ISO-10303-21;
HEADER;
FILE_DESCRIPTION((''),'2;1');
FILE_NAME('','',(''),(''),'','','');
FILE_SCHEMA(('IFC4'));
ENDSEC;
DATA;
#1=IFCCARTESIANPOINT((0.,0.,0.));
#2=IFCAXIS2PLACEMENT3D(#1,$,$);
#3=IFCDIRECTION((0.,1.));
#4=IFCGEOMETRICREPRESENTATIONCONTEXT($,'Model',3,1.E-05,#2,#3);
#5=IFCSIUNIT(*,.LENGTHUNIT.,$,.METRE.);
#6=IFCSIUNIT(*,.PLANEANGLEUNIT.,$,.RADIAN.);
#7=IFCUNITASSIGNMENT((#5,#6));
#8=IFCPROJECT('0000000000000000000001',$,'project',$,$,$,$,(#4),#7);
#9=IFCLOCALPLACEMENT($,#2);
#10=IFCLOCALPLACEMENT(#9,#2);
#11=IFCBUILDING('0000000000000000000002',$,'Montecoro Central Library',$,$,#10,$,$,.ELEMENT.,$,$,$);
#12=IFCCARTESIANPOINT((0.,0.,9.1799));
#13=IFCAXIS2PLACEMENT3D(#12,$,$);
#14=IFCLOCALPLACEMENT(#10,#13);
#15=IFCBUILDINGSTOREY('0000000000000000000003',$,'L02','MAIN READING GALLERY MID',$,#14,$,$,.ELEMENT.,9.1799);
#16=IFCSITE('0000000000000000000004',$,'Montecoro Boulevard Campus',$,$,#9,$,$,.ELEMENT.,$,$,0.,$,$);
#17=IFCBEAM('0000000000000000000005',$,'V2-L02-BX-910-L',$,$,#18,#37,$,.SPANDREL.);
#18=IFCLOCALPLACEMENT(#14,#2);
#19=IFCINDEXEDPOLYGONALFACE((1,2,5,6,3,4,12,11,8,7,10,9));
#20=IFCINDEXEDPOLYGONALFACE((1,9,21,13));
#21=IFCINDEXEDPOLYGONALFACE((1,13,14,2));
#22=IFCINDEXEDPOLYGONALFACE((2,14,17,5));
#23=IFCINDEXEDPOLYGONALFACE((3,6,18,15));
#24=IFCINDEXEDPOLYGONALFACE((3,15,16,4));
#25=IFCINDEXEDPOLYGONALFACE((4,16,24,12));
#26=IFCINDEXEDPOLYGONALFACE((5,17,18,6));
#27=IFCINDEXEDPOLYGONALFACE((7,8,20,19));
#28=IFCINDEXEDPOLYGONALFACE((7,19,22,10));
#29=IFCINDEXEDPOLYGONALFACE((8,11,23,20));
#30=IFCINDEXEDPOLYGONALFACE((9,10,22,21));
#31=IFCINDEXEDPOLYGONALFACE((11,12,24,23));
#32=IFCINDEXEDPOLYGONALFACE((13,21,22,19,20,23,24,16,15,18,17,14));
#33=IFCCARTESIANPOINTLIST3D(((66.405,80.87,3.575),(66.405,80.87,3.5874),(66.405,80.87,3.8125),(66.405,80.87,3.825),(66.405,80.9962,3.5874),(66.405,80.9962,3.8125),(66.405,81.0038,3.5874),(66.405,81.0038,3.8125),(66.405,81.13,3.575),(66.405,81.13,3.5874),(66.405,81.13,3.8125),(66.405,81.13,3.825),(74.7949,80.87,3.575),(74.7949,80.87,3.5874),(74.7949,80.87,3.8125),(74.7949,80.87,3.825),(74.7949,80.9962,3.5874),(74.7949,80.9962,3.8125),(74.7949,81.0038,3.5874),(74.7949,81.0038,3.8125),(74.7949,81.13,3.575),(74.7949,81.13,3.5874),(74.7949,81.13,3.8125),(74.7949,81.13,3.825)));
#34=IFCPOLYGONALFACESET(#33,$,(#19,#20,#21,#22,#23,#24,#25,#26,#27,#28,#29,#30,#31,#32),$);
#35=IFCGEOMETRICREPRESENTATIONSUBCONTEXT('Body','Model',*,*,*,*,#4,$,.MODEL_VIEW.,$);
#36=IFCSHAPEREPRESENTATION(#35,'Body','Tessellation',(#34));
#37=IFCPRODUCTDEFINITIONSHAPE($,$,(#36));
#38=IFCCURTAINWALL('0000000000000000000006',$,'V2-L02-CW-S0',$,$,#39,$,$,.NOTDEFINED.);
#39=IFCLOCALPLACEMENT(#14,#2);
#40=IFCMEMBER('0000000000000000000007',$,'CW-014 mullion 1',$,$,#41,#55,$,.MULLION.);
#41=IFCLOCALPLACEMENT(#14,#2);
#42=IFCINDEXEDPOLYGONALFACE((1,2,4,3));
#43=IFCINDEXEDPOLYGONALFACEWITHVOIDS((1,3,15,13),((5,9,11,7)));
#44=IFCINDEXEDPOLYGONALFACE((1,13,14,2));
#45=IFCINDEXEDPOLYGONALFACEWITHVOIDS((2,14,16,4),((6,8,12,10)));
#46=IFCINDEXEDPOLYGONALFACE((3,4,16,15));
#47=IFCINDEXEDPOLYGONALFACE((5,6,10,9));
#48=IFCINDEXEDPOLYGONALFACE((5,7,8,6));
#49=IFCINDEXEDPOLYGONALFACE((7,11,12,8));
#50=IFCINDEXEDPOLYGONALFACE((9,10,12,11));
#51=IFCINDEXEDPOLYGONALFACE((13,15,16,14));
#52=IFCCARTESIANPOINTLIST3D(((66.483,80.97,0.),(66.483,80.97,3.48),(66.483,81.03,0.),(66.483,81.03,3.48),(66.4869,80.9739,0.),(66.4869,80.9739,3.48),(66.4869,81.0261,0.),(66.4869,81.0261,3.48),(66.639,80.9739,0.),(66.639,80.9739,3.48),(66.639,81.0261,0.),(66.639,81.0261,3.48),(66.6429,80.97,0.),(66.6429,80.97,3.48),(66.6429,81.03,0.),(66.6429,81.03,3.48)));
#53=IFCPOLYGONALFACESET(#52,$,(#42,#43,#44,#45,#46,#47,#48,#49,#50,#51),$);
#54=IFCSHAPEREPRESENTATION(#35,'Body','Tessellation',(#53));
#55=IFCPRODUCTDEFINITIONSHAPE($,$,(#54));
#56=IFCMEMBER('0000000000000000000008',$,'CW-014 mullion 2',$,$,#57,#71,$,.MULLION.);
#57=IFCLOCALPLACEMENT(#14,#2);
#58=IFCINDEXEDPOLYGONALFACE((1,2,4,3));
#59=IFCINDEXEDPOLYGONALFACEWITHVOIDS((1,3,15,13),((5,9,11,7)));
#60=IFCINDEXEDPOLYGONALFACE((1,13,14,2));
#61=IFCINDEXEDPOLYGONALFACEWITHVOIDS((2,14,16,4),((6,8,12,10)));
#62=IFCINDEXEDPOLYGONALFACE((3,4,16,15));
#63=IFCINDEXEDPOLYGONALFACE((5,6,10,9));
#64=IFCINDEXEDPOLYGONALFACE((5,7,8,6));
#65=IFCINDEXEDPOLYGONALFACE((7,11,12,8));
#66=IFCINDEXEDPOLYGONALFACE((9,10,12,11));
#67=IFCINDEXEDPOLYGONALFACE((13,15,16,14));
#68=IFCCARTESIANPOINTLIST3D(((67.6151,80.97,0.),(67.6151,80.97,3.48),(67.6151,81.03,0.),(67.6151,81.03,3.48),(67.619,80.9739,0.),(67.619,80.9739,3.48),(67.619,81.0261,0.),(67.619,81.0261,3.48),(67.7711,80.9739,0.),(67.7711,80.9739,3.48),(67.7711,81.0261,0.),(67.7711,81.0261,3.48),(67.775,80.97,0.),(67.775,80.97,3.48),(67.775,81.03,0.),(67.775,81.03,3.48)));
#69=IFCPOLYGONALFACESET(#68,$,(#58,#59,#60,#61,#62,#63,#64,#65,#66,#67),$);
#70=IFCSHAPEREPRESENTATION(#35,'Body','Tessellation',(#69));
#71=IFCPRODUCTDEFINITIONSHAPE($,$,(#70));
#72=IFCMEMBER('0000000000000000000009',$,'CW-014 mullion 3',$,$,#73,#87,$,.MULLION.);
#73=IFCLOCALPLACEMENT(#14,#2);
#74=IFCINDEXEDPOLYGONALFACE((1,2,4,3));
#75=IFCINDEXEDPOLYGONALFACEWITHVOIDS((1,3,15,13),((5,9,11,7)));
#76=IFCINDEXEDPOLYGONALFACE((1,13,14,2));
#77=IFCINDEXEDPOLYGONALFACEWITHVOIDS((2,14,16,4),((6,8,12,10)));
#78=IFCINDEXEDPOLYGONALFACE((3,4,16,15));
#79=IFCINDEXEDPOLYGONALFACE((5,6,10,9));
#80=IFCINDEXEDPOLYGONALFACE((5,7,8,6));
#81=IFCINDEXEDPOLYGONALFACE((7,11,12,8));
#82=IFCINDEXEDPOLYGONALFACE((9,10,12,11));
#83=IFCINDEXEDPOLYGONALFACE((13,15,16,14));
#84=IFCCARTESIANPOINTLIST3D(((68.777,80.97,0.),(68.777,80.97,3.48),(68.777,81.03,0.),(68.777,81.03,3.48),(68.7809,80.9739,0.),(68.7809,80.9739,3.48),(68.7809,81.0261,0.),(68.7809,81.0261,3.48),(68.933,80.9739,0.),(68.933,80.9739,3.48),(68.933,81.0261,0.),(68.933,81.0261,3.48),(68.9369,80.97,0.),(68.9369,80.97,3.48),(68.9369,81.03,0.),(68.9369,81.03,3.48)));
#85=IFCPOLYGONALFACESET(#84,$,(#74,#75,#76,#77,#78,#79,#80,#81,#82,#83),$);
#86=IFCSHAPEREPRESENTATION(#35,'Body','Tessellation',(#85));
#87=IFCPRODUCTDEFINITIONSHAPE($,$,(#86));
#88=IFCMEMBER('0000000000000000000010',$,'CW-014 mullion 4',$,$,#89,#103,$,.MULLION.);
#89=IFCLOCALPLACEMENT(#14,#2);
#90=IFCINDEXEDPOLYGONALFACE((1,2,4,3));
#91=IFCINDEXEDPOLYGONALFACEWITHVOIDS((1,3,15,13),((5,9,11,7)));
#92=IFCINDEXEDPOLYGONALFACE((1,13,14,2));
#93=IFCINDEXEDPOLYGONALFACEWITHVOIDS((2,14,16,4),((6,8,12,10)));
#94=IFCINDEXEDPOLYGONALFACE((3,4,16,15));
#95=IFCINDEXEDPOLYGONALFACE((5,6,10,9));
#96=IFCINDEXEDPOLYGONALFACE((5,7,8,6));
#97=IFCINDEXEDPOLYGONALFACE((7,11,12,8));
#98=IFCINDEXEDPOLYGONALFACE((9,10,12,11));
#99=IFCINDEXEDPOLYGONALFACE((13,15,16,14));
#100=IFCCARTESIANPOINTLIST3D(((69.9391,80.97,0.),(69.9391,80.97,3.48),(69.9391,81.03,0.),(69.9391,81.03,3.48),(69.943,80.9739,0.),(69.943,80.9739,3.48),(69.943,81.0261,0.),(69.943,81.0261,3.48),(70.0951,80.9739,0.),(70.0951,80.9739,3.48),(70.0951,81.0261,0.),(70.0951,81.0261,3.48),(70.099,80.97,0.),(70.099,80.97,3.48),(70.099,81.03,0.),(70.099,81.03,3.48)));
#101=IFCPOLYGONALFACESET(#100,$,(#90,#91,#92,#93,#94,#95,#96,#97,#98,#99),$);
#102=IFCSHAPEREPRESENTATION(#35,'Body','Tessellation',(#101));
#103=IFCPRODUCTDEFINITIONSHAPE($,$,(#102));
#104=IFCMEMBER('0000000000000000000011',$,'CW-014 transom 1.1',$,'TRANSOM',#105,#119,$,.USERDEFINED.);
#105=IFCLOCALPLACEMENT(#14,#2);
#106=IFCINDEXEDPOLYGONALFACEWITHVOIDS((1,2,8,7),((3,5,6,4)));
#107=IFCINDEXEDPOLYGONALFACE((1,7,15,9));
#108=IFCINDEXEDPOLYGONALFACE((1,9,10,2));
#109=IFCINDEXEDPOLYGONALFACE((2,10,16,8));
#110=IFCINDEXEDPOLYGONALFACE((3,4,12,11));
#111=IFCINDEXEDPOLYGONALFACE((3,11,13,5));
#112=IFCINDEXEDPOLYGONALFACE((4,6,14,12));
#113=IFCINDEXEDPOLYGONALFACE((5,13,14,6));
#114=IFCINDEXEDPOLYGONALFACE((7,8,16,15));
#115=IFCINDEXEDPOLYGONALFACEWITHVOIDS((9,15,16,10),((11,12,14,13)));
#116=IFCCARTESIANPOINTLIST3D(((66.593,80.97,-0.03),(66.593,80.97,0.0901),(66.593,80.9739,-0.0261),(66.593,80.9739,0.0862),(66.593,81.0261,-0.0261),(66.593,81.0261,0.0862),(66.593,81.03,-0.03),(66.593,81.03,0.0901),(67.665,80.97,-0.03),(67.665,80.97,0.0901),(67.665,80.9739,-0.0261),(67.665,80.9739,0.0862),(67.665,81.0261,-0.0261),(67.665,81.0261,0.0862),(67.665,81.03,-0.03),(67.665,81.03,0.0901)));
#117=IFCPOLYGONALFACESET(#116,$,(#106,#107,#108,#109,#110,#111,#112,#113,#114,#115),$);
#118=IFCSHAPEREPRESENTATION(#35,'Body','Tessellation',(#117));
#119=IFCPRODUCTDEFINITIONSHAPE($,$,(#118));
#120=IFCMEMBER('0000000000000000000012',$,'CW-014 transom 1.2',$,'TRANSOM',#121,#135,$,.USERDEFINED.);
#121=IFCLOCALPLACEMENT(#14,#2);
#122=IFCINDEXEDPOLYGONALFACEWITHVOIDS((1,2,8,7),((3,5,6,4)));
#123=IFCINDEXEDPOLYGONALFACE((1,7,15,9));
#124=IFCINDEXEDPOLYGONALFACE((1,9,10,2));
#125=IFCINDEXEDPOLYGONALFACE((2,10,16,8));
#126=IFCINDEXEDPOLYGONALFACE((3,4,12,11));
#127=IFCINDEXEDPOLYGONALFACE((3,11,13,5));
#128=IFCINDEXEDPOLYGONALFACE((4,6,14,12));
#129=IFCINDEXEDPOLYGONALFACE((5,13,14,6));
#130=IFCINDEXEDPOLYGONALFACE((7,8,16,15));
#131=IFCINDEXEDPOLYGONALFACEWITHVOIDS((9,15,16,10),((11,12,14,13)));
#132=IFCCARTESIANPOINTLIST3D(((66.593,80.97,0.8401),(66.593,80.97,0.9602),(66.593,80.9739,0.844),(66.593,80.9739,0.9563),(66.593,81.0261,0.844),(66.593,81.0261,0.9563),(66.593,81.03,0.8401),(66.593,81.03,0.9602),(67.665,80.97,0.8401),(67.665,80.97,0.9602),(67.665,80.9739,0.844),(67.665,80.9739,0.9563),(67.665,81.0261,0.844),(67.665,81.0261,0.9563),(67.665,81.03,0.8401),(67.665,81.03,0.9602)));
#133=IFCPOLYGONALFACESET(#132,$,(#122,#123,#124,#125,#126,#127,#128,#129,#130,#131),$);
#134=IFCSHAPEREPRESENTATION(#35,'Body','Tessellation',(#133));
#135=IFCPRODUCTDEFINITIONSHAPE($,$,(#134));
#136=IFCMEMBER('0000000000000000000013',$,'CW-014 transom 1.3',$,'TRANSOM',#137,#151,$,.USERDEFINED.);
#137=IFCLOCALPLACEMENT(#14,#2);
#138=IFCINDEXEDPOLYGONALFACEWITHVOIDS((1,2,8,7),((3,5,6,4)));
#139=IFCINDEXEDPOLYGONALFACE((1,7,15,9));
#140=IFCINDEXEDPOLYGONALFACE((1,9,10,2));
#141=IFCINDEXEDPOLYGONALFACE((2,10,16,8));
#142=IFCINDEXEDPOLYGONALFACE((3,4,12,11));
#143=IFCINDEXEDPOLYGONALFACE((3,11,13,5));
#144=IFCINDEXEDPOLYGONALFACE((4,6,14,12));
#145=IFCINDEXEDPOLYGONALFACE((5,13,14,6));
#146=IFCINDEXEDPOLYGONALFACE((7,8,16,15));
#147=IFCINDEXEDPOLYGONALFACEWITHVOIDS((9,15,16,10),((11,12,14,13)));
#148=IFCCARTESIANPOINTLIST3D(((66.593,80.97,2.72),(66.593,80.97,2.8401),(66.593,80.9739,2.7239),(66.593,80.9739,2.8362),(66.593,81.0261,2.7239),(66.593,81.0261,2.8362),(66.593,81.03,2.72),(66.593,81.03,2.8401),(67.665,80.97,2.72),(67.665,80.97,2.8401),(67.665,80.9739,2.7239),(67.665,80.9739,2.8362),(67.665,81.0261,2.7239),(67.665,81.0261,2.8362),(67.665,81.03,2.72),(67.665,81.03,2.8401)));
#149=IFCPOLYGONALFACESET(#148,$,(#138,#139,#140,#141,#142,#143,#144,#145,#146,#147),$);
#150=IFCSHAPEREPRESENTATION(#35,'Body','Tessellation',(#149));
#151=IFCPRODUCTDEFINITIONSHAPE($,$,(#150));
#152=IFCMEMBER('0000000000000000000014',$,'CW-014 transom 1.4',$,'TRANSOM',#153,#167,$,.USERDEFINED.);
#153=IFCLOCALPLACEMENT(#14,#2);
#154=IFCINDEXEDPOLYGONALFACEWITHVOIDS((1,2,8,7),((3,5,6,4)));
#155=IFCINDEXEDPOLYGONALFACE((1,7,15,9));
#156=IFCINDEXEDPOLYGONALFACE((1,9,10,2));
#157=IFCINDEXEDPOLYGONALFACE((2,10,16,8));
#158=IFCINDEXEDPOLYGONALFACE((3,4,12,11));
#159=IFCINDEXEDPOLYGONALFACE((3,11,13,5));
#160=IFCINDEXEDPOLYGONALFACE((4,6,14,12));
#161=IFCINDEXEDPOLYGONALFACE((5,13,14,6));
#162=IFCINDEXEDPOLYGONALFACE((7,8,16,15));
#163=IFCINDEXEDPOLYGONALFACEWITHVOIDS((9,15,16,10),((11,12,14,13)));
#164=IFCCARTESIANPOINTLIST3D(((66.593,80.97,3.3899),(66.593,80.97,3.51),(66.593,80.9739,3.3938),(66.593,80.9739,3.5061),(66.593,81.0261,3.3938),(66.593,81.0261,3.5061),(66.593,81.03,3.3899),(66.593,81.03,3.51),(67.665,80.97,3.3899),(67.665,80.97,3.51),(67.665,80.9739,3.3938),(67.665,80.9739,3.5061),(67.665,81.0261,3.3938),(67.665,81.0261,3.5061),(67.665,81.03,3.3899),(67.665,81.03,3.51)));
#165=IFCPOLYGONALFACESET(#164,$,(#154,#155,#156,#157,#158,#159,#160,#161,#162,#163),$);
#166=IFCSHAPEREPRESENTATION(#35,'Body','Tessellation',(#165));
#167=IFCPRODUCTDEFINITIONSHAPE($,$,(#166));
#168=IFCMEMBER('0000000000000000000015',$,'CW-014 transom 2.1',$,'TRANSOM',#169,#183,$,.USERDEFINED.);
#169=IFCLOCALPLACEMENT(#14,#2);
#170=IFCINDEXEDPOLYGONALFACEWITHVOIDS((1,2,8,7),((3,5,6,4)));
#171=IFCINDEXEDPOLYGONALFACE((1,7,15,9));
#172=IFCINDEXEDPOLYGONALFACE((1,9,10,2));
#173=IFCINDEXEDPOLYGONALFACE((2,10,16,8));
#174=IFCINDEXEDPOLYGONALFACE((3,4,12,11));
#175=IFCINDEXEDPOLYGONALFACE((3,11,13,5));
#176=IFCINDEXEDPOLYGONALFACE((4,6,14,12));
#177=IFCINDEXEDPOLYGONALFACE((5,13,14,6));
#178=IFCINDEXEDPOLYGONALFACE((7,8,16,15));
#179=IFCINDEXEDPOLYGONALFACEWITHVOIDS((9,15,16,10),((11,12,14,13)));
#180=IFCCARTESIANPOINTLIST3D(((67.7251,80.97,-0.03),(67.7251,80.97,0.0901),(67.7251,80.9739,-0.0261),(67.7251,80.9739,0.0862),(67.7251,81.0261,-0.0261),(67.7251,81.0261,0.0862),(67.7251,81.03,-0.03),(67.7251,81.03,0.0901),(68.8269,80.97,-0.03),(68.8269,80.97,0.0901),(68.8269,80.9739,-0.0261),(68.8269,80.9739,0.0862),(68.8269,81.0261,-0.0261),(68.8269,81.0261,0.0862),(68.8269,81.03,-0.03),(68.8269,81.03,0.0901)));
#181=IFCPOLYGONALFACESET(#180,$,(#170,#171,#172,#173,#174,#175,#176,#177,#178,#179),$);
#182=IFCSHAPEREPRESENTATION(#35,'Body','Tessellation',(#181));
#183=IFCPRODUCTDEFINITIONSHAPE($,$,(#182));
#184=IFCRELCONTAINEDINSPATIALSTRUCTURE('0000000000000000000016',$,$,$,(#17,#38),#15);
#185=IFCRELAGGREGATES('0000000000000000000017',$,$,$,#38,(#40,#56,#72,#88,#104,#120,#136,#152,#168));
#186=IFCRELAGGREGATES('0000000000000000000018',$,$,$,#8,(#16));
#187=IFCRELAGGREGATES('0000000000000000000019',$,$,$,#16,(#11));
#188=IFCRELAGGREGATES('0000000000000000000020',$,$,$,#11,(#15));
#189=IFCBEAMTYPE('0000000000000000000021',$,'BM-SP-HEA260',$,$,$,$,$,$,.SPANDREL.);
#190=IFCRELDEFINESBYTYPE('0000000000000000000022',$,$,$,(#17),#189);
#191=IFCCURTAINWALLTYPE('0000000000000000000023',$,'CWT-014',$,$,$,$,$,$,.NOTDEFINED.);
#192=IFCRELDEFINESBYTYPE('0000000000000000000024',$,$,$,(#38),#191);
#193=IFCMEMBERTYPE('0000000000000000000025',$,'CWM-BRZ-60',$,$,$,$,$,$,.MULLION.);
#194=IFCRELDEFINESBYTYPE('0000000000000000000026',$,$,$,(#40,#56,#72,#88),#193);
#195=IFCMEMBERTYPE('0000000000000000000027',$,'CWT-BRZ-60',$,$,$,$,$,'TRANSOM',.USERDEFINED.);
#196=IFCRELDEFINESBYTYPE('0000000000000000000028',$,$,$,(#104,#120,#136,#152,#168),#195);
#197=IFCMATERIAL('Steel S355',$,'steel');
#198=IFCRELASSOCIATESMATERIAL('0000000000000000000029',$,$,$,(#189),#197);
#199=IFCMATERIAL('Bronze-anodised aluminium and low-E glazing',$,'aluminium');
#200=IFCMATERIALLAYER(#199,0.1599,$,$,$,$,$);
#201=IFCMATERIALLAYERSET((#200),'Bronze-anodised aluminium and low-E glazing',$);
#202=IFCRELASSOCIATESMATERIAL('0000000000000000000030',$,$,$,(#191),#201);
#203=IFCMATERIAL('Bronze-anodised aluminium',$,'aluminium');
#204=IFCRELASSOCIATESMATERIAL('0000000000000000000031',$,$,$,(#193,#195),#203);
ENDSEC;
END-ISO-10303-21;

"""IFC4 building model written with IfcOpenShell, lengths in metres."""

from ifc_helpers import new_model, si_unit, direction, frame, origin, origin_2d, place, context, subcontext, project, spatial, hollow_rectangle, i_section, extrude, material, layer, layer_set, material_profile, profile_set, type_object, element, aggregate, save


model = new_model("IFC4")

# Units and contexts
model_context = context("Model", 3, precision=1e-05, world=origin(), true_north=direction((0.0, 1.0)))
body_context = subcontext(model_context, "Body", "Model", "MODEL_VIEW")
ifc_project = project(units=[si_unit("LENGTHUNIT", "METRE"), si_unit("PLANEANGLEUNIT", "RADIAN")], contexts=[model_context])

# Site, building, storey
site_placement = place(None, origin())
site = spatial("IfcSite", under=ifc_project, at=site_placement, Name="Montecoro Boulevard Campus", CompositionType="ELEMENT", RefElevation=0.0)
building_placement = place(site_placement, origin())
building = spatial("IfcBuilding", under=site, at=building_placement, Name="Montecoro Central Library", CompositionType="ELEMENT")
storey_placement = place(building_placement, frame((0.0, 0.0, 9.1799)))
storey = spatial("IfcBuildingStorey", under=building, at=storey_placement, Name="L02", Description="MAIN READING GALLERY MID", CompositionType="ELEMENT", Elevation=9.1799)

# Beam
ifc_material_1 = material(Name="Steel S355", Category="steel")
ifc_material_profile_1 = material_profile(ifc_material_1, i_section(OverallWidth=0.26, OverallDepth=0.25, WebThickness=0.0076, FlangeThickness=0.0125, at=origin_2d()), Name="HEA 260")
ifc_profile_set_1 = profile_set([ifc_material_profile_1], Name="Steel S355")
beam_type = type_object("IfcBeamType", Name="BM-SP-HEA260", PredefinedType="SPANDREL", material=ifc_profile_set_1)
beam_placement = place(storey_placement, frame((66.405, 81.0, 3.7), z_axis=(1.0, 0.0, 0.0), x_axis=(0.0, 1.0, 0.0)))
element("IfcBeam", 1, at=beam_placement, inside=storey, type_object=beam_type, Name="V2-L02-BX-910-L", PredefinedType="SPANDREL", context=body_context, shape_type="SweptSolid", body=[
    extrude(i_section(OverallWidth=0.26, OverallDepth=0.25, WebThickness=0.0076, FlangeThickness=0.0125, at=origin_2d()), origin(), (0.0, 0.0, 1.0), 8.3899),
])

# Curtain wall, members
ifc_material_2 = material(Name="Bronze-anodised aluminium and low-E glazing", Category="aluminium")
ifc_layer_1 = layer(ifc_material_2, 0.1599)
ifc_layer_set_1 = layer_set([ifc_layer_1], Name="Bronze-anodised aluminium and low-E glazing")
curtain_wall_type = type_object("IfcCurtainWallType", Name="CWT-014", PredefinedType="NOTDEFINED", material=ifc_layer_set_1)
curtain_wall_placement = place(storey_placement, origin())
curtain_wall = element("IfcCurtainWall", 2, at=curtain_wall_placement, inside=storey, type_object=curtain_wall_type, Name="V2-L02-CW-S0", PredefinedType="NOTDEFINED")
ifc_material_3 = material(Name="Bronze-anodised aluminium", Category="aluminium")
ifc_material_profile_2 = material_profile(ifc_material_3, hollow_rectangle(XDim=0.0601, YDim=0.1599, WallThickness=0.0039, at=origin_2d()), Name="CWM 160x60x4.0")
ifc_profile_set_2 = profile_set([ifc_material_profile_2], Name="Bronze-anodised aluminium")
member_type_1 = type_object("IfcMemberType", Name="CWM-BRZ-60", PredefinedType="MULLION", material=ifc_profile_set_2)
member_1_placement = place(storey_placement, frame((66.563, 81.0, 0.0), z_axis=(0.0, 0.0, 1.0), x_axis=(0.0, 1.0, 0.0)))
member_1 = element("IfcMember", 3, at=member_1_placement, type_object=member_type_1, Name="CW-014 mullion 1", PredefinedType="MULLION", context=body_context, shape_type="SweptSolid", body=[
    extrude(hollow_rectangle(XDim=0.0601, YDim=0.1599, WallThickness=0.0039, at=origin_2d()), origin(), (0.0, 0.0, 1.0), 3.48),
])
member_2_placement = place(storey_placement, frame((67.6951, 81.0, 0.0), z_axis=(0.0, 0.0, 1.0), x_axis=(0.0, 1.0, 0.0)))
member_2 = element("IfcMember", 4, at=member_2_placement, type_object=member_type_1, Name="CW-014 mullion 2", PredefinedType="MULLION", context=body_context, shape_type="SweptSolid", body=[
    extrude(hollow_rectangle(XDim=0.0601, YDim=0.1599, WallThickness=0.0039, at=origin_2d()), origin(), (0.0, 0.0, 1.0), 3.48),
])
member_3_placement = place(storey_placement, frame((68.8569, 81.0, 0.0), z_axis=(0.0, 0.0, 1.0), x_axis=(0.0, 1.0, 0.0)))
member_3 = element("IfcMember", 5, at=member_3_placement, type_object=member_type_1, Name="CW-014 mullion 3", PredefinedType="MULLION", context=body_context, shape_type="SweptSolid", body=[
    extrude(hollow_rectangle(XDim=0.0601, YDim=0.1599, WallThickness=0.0039, at=origin_2d()), origin(), (0.0, 0.0, 1.0), 3.48),
])
member_4_placement = place(storey_placement, frame((70.019, 81.0, 0.0), z_axis=(0.0, 0.0, 1.0), x_axis=(0.0, 1.0, 0.0)))
member_4 = element("IfcMember", 6, at=member_4_placement, type_object=member_type_1, Name="CW-014 mullion 4", PredefinedType="MULLION", context=body_context, shape_type="SweptSolid", body=[
    extrude(hollow_rectangle(XDim=0.0601, YDim=0.1599, WallThickness=0.0039, at=origin_2d()), origin(), (0.0, 0.0, 1.0), 3.48),
])
ifc_material_profile_3 = material_profile(ifc_material_3, hollow_rectangle(XDim=0.0601, YDim=0.1201, WallThickness=0.0039, at=origin_2d()), Name="CWT 120x60x4.0")
ifc_profile_set_3 = profile_set([ifc_material_profile_3], Name="Bronze-anodised aluminium")
member_type_2 = type_object("IfcMemberType", Name="CWT-BRZ-60", ElementType="TRANSOM", PredefinedType="USERDEFINED", material=ifc_profile_set_3)
member_5_placement = place(storey_placement, frame((66.593, 81.0, 0.03), z_axis=(1.0, 0.0, 0.0), x_axis=(0.0, 1.0, 0.0)))
member_5 = element("IfcMember", 7, at=member_5_placement, type_object=member_type_2, Name="CW-014 transom 1.1", ObjectType="TRANSOM", PredefinedType="USERDEFINED", context=body_context, shape_type="SweptSolid", body=[
    extrude(hollow_rectangle(XDim=0.0601, YDim=0.1201, WallThickness=0.0039, at=origin_2d()), origin(), (0.0, 0.0, 1.0), 1.072),
])
member_6_placement = place(storey_placement, frame((66.593, 81.0, 0.9001), z_axis=(1.0, 0.0, 0.0), x_axis=(0.0, 1.0, 0.0)))
member_6 = element("IfcMember", 8, at=member_6_placement, type_object=member_type_2, Name="CW-014 transom 1.2", ObjectType="TRANSOM", PredefinedType="USERDEFINED", context=body_context, shape_type="SweptSolid", body=[
    extrude(hollow_rectangle(XDim=0.0601, YDim=0.1201, WallThickness=0.0039, at=origin_2d()), origin(), (0.0, 0.0, 1.0), 1.072),
])
member_7_placement = place(storey_placement, frame((66.593, 81.0, 2.78), z_axis=(1.0, 0.0, 0.0), x_axis=(0.0, 1.0, 0.0)))
member_7 = element("IfcMember", 9, at=member_7_placement, type_object=member_type_2, Name="CW-014 transom 1.3", ObjectType="TRANSOM", PredefinedType="USERDEFINED", context=body_context, shape_type="SweptSolid", body=[
    extrude(hollow_rectangle(XDim=0.0601, YDim=0.1201, WallThickness=0.0039, at=origin_2d()), origin(), (0.0, 0.0, 1.0), 1.072),
])
member_8_placement = place(storey_placement, frame((66.593, 81.0, 3.45), z_axis=(1.0, 0.0, 0.0), x_axis=(0.0, 1.0, 0.0)))
member_8 = element("IfcMember", 10, at=member_8_placement, type_object=member_type_2, Name="CW-014 transom 1.4", ObjectType="TRANSOM", PredefinedType="USERDEFINED", context=body_context, shape_type="SweptSolid", body=[
    extrude(hollow_rectangle(XDim=0.0601, YDim=0.1201, WallThickness=0.0039, at=origin_2d()), origin(), (0.0, 0.0, 1.0), 1.072),
])
member_9_placement = place(storey_placement, frame((67.7251, 81.0, 0.03), z_axis=(1.0, 0.0, 0.0), x_axis=(0.0, 1.0, 0.0)))
member_9 = element("IfcMember", 11, at=member_9_placement, type_object=member_type_2, Name="CW-014 transom 2.1", ObjectType="TRANSOM", PredefinedType="USERDEFINED", context=body_context, shape_type="SweptSolid", body=[
    extrude(hollow_rectangle(XDim=0.0601, YDim=0.1201, WallThickness=0.0039, at=origin_2d()), origin(), (0.0, 0.0, 1.0), 1.1018),
])
aggregate(curtain_wall, [member_1, member_2, member_3, member_4, member_5, member_6, member_7, member_8, member_9])

save(model, "model.ifc")
